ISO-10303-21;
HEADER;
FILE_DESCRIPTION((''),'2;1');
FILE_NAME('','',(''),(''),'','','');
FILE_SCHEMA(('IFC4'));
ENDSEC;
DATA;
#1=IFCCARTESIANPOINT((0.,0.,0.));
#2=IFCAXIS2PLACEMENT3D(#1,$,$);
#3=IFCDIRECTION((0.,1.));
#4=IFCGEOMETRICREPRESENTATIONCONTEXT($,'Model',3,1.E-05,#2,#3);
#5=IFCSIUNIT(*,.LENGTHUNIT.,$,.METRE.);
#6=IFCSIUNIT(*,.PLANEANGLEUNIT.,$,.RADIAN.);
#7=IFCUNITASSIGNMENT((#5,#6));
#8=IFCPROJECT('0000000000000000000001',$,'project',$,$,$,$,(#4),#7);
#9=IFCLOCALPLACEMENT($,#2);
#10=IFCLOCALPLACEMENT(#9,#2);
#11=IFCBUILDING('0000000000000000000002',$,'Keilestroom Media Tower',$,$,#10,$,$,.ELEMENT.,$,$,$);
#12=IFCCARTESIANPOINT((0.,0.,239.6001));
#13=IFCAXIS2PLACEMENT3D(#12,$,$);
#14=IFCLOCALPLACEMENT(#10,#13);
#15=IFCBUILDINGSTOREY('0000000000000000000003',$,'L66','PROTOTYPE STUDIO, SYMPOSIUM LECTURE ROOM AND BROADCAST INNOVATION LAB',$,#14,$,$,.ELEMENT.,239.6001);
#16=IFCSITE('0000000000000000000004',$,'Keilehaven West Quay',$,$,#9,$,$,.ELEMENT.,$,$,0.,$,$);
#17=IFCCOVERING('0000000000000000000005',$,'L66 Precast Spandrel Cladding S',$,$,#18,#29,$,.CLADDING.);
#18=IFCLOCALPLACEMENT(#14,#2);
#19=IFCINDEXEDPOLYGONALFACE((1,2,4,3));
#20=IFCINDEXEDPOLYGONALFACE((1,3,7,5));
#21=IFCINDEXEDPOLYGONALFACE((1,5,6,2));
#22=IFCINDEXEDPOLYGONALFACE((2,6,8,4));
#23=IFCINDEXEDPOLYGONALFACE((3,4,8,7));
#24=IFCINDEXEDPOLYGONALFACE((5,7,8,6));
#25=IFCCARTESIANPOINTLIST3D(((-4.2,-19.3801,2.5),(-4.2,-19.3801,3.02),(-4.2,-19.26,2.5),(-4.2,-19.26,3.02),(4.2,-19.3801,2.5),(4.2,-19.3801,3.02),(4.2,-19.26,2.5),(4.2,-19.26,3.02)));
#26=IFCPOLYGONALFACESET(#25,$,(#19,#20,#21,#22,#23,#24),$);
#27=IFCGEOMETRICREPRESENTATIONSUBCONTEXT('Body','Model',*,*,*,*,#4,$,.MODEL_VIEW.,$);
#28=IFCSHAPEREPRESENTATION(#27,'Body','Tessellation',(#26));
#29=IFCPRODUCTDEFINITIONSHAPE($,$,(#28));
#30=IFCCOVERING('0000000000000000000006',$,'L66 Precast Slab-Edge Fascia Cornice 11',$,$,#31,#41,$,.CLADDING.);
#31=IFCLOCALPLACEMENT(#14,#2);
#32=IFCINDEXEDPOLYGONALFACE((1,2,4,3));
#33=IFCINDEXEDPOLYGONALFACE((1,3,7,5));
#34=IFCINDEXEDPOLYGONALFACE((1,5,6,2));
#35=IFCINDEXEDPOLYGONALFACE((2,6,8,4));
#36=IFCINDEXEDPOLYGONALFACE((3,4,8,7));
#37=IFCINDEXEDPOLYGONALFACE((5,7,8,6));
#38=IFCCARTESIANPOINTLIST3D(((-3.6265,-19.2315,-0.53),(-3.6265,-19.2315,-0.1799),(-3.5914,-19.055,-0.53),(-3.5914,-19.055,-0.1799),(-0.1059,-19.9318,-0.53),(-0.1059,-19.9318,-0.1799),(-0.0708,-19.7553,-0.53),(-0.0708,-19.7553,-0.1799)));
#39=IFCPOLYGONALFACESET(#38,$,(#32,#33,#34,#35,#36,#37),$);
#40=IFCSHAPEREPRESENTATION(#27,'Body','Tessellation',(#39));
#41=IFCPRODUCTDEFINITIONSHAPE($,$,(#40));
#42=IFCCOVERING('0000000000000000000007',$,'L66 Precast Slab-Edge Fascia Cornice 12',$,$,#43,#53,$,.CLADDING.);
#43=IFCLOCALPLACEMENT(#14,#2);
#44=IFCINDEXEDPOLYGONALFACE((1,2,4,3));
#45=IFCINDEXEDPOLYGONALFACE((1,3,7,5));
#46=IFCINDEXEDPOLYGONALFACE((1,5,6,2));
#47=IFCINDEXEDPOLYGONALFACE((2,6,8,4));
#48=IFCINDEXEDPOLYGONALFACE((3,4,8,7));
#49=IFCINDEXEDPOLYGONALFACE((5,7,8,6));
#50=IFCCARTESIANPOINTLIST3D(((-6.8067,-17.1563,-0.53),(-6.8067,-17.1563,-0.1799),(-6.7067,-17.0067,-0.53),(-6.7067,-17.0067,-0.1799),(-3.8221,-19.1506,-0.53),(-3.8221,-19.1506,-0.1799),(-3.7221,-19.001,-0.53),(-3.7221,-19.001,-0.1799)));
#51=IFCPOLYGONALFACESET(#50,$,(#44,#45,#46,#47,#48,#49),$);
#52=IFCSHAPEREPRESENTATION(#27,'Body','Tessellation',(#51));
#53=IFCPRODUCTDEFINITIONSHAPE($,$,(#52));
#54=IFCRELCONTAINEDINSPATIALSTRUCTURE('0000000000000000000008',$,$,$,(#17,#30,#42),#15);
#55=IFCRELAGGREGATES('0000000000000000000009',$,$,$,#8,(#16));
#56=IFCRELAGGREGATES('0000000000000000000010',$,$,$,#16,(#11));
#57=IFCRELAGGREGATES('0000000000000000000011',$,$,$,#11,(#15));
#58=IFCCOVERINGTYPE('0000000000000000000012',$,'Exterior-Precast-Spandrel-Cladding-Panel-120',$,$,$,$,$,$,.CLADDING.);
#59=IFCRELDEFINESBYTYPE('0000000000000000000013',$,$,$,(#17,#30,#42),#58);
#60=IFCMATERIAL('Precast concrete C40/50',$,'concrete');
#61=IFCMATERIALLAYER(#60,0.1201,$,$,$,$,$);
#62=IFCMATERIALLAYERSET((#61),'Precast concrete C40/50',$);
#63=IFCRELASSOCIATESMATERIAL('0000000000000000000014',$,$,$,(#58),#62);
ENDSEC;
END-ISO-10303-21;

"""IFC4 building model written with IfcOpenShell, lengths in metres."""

from ifc_helpers import new_model, si_unit, direction, frame, origin, origin_2d, place, context, subcontext, project, spatial, rectangle, extrude, source, transform, mapped, material, layer, layer_set, type_object, element, save


model = new_model("IFC4")

# Units and contexts
model_context = context("Model", 3, precision=1e-05, world=origin(), true_north=direction((0.0, 1.0)))
body_context = subcontext(model_context, "Body", "Model", "MODEL_VIEW")
ifc_project = project(units=[si_unit("LENGTHUNIT", "METRE"), si_unit("PLANEANGLEUNIT", "RADIAN")], contexts=[model_context])

# Site, building, storey
site_placement = place(None, origin())
site = spatial("IfcSite", under=ifc_project, at=site_placement, Name="Keilehaven West Quay", CompositionType="ELEMENT", RefElevation=0.0)
building_placement = place(site_placement, origin())
building = spatial("IfcBuilding", under=site, at=building_placement, Name="Keilestroom Media Tower", CompositionType="ELEMENT")
storey_placement = place(building_placement, frame((0.0, 0.0, 239.6001)))
storey = spatial("IfcBuildingStorey", under=building, at=storey_placement, Name="L66", Description="PROTOTYPE STUDIO, SYMPOSIUM LECTURE ROOM AND BROADCAST INNOVATION LAB", CompositionType="ELEMENT", Elevation=239.6001)

# Shared definitions
ifc_material_1 = material(Name="Precast concrete C40/50", Category="concrete")

# Coverings
ifc_layer_1 = layer(ifc_material_1, 0.1201)
ifc_layer_set_1 = layer_set([ifc_layer_1], Name="Precast concrete C40/50")
covering_type = type_object("IfcCoveringType", Name="Exterior-Precast-Spandrel-Cladding-Panel-120", PredefinedType="CLADDING", material=ifc_layer_set_1)
shared_shape_1 = source(origin(), body_context, "Body", "SweptSolid", [
    extrude(rectangle(XDim=8.3999, YDim=0.1201, at=origin_2d()), origin(), (0.0, 0.0, 1.0), 0.52),
])
covering_placement = place(storey_placement, frame((0.0, -19.3201, 2.5), z_axis=(0.0, 0.0, 1.0), x_axis=(1.0, 0.0, 0.0)))
element("IfcCovering", 1, at=covering_placement, inside=storey, type_object=covering_type, Name="L66 Precast Spandrel Cladding S", PredefinedType="CLADDING", context=body_context, shape_type="MappedRepresentation", body=[
    mapped(shared_shape_1, transform((0.0, 0.0, 0.0), x_axis=(1.0, 0.0, 0.0), y_axis=(0.0, 1.0, 0.0), z_axis=(0.0, 0.0, 1.0), scale=1.0)),
])
shared_shape_2 = source(origin(), body_context, "Body", "SweptSolid", [
    extrude(rectangle(XDim=3.5896, YDim=0.1799, at=origin_2d()), origin(), (0.0, 0.0, 1.0), 0.3501),
])
for number, where, z_axis, x_axis, name in (
    (2, (-1.8486, -19.4934, -0.53), (0.0, 0.0, 1.0), (-0.980784, 0.195099, 0.0), "L66 Precast Slab-Edge Fascia Cornice 11"),
    (3, (-5.2644, -18.0786, -0.53), (0.0, 0.0, 1.0), (-0.831467, 0.555575, 0.0), "L66 Precast Slab-Edge Fascia Cornice 12"),
):
    element("IfcCovering", number, at=place(storey_placement, frame(where, z_axis=z_axis, x_axis=x_axis)), inside=storey, type_object=covering_type, Name=name, PredefinedType="CLADDING", context=body_context, shape_type="MappedRepresentation", body=[
        mapped(shared_shape_2, transform((0.0, 0.0, 0.0), x_axis=(1.0, 0.0, 0.0), y_axis=(0.0, 1.0, 0.0), z_axis=(0.0, 0.0, 1.0), scale=1.0)),
    ])

save(model, "model.ifc")
